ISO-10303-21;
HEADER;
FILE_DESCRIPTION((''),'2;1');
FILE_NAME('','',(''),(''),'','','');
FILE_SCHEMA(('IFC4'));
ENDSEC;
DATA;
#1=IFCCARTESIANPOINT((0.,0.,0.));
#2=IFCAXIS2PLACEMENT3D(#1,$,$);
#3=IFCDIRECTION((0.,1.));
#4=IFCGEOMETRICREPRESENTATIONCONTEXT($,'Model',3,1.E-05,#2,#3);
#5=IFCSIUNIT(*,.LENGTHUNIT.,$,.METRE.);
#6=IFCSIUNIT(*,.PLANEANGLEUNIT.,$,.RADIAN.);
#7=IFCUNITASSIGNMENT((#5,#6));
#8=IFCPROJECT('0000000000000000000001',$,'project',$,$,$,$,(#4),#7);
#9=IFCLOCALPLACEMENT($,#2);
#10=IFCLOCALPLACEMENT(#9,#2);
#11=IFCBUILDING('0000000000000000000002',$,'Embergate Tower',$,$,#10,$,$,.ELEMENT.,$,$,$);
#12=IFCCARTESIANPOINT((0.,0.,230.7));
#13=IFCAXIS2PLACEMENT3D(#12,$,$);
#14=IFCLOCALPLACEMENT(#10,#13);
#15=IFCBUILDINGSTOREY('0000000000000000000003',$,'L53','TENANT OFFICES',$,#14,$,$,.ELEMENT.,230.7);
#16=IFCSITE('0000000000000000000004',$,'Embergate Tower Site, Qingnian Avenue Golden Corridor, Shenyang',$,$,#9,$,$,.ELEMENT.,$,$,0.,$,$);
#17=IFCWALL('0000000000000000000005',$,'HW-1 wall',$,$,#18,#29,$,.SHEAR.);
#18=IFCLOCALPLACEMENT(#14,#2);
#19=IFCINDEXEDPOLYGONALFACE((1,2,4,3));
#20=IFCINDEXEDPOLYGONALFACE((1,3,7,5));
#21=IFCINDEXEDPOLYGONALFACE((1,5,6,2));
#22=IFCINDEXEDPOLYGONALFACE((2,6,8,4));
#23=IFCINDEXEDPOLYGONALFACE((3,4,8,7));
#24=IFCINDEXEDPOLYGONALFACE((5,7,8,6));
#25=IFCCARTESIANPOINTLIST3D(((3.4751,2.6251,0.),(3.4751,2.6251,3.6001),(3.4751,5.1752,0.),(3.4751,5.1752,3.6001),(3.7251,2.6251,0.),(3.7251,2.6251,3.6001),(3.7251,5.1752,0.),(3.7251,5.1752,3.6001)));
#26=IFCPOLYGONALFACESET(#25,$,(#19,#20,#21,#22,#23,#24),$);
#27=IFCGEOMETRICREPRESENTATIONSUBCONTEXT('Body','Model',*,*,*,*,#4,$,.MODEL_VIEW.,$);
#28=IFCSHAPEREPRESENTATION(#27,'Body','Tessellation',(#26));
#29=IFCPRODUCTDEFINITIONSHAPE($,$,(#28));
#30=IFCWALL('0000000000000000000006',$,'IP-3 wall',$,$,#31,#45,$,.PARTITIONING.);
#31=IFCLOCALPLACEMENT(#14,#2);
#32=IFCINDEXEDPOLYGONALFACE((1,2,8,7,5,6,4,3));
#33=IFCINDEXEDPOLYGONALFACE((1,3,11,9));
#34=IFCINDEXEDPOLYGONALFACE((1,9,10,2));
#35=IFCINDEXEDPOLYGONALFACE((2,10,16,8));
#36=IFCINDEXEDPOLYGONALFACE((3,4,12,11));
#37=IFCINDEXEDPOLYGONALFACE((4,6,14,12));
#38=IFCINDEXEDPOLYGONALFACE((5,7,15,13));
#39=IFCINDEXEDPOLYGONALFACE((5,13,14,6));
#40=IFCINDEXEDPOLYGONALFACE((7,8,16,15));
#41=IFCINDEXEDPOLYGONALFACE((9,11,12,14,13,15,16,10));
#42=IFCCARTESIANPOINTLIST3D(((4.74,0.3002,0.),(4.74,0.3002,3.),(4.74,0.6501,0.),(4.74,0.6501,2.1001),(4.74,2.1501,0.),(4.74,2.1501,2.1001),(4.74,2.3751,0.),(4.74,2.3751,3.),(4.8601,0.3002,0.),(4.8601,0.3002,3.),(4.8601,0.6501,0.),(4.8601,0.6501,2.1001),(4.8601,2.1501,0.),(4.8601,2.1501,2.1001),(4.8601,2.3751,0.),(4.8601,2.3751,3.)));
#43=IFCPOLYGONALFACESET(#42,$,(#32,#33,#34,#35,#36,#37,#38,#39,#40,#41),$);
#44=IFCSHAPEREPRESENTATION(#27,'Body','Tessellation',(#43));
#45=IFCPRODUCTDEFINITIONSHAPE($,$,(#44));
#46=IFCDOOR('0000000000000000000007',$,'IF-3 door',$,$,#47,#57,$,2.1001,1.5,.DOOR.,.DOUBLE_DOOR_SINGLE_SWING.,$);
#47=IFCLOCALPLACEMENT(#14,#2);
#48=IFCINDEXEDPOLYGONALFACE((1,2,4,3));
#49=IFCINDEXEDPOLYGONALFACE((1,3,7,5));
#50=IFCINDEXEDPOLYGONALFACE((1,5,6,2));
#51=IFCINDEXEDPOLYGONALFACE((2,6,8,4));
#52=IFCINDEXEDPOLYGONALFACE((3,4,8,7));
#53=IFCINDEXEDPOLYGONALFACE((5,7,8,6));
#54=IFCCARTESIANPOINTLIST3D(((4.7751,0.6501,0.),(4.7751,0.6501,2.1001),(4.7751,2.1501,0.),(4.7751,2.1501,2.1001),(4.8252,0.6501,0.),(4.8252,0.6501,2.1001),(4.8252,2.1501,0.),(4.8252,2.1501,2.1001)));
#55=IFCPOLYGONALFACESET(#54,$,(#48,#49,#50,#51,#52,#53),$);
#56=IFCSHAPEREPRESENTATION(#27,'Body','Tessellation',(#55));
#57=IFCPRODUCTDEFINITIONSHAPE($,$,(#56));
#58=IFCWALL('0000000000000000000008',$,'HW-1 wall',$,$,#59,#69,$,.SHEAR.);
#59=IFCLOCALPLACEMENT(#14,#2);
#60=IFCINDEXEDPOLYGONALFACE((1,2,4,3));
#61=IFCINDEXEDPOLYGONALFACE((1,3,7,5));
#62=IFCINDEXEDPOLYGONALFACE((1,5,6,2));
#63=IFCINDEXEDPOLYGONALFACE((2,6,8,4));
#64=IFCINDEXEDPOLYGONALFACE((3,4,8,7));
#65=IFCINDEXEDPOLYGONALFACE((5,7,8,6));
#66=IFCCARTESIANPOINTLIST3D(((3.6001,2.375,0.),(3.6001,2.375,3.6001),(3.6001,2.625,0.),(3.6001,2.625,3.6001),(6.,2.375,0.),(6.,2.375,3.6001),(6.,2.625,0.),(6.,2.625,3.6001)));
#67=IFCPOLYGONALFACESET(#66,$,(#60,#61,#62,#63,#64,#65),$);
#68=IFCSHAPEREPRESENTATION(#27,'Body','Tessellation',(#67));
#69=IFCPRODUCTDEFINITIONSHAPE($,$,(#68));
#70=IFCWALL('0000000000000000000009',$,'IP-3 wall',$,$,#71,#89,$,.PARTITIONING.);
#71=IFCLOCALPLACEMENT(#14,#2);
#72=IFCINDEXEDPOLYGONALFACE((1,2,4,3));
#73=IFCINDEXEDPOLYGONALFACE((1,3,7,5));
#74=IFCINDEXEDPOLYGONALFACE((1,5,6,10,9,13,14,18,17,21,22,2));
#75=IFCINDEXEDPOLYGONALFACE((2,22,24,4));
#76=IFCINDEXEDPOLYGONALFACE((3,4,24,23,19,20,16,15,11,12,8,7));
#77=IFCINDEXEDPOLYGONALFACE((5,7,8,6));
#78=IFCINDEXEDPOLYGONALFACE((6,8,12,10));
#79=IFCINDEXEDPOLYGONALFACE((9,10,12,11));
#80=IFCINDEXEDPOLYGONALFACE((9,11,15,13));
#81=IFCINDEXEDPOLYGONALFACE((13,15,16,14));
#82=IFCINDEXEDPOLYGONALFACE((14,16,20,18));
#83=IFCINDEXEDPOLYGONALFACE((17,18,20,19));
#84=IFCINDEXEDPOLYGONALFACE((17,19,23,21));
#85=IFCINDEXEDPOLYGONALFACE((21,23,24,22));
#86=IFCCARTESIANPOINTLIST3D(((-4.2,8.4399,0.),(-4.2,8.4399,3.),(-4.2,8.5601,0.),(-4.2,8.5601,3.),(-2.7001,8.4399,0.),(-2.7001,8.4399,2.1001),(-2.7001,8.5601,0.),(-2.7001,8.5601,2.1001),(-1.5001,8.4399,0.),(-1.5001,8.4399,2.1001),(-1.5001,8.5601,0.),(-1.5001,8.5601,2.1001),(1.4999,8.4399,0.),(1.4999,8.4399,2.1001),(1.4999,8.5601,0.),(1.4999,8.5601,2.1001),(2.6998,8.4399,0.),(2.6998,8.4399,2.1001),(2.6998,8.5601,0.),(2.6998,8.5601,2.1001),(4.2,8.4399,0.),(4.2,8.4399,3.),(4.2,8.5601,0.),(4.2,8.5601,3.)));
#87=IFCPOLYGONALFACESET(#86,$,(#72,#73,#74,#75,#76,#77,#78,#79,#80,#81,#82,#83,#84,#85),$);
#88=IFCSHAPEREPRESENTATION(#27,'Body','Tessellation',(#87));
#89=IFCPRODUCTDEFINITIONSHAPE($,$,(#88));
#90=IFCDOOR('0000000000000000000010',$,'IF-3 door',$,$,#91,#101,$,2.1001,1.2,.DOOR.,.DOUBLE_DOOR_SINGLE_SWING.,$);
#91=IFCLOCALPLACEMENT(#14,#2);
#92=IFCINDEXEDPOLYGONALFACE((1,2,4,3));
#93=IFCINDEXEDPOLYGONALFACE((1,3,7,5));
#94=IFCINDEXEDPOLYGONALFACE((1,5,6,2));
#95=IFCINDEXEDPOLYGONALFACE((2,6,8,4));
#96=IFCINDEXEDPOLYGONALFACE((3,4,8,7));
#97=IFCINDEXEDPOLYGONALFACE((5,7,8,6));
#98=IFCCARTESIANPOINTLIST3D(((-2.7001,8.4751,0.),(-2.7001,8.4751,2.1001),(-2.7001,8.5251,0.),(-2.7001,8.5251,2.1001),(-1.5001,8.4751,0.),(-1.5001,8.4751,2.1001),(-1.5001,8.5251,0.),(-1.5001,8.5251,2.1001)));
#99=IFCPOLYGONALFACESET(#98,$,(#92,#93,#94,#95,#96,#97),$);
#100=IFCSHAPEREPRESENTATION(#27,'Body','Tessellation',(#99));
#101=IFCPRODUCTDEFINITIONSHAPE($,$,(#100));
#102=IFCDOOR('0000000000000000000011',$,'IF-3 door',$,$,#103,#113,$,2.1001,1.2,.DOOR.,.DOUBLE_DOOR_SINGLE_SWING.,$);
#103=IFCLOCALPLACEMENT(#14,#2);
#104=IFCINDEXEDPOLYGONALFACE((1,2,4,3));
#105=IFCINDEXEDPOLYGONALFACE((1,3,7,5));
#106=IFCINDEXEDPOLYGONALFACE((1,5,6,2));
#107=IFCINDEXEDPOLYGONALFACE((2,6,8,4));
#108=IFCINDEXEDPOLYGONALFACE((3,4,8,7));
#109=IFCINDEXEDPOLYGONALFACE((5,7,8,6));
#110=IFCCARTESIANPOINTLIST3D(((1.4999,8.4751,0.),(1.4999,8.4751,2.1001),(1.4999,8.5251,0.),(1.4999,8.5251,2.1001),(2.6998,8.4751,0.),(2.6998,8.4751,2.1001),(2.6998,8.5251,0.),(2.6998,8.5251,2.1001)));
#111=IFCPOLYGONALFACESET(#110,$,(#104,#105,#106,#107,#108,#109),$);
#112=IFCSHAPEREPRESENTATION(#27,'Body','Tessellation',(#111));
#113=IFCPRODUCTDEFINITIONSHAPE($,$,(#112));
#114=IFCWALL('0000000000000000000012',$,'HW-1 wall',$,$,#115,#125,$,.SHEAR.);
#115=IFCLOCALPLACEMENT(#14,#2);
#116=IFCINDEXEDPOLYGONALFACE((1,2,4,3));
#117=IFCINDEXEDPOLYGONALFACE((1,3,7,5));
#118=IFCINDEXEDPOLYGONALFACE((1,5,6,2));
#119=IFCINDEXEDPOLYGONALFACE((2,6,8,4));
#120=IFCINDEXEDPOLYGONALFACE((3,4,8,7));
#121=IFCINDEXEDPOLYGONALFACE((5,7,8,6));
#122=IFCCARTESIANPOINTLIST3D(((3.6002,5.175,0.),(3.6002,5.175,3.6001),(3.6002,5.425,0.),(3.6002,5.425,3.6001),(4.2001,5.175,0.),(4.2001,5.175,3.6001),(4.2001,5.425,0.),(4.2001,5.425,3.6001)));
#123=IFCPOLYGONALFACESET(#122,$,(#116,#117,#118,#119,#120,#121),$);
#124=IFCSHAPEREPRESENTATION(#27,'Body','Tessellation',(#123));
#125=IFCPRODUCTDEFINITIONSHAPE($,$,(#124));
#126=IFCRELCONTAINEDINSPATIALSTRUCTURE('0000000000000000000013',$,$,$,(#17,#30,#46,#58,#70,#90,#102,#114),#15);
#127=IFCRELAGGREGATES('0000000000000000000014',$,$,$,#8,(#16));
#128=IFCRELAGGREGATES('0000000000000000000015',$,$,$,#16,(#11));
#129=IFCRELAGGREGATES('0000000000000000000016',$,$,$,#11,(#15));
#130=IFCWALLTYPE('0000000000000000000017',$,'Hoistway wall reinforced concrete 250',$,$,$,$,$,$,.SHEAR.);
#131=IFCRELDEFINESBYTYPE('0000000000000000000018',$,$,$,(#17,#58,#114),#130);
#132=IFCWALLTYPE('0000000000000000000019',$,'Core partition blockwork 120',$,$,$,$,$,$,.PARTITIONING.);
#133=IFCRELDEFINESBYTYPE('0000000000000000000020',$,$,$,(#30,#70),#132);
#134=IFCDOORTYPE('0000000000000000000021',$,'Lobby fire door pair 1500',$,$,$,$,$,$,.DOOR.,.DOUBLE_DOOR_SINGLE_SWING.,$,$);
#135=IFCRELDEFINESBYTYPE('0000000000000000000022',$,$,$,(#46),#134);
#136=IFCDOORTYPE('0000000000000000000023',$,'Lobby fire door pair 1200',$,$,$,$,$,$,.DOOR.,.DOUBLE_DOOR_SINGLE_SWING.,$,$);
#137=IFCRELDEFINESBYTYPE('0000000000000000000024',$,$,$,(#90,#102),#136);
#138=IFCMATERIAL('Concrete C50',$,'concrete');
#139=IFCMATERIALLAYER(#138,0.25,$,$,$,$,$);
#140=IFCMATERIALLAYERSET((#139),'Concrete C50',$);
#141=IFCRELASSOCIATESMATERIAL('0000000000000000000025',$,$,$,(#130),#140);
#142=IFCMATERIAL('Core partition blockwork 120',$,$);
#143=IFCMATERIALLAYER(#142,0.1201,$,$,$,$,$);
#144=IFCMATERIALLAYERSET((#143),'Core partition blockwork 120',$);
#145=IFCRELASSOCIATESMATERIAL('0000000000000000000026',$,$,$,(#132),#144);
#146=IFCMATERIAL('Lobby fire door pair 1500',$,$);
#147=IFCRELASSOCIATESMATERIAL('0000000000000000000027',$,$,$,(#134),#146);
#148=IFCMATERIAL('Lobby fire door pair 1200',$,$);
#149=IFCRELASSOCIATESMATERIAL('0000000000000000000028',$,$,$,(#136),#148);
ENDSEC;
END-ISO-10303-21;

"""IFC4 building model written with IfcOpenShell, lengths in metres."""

from ifc_helpers import new_model, si_unit, direction, frame, frame_2d, origin, place, context, subcontext, project, spatial, rectangle, extrude, source, transform, mapped, material, layer, layer_set, type_object, element, fill, save


model = new_model("IFC4")

# Units and contexts
model_context = context("Model", 3, precision=1e-05, world=origin(), true_north=direction((0.0, 1.0)))
body_context = subcontext(model_context, "Body", "Model", "MODEL_VIEW")
ifc_project = project(units=[si_unit("LENGTHUNIT", "METRE"), si_unit("PLANEANGLEUNIT", "RADIAN")], contexts=[model_context])

# Site, building, storey
site_placement = place(None, origin())
site = spatial("IfcSite", under=ifc_project, at=site_placement, Name="Embergate Tower Site, Qingnian Avenue Golden Corridor, Shenyang", CompositionType="ELEMENT", RefElevation=0.0)
building_placement = place(site_placement, origin())
building = spatial("IfcBuilding", under=site, at=building_placement, Name="Embergate Tower", CompositionType="ELEMENT")
storey_placement = place(building_placement, frame((0.0, 0.0, 230.7)))
storey = spatial("IfcBuildingStorey", under=building, at=storey_placement, Name="L53", Description="TENANT OFFICES", CompositionType="ELEMENT", Elevation=230.7)

# Wall
ifc_material_1 = material(Name="Concrete C50", Category="concrete")
ifc_layer_1 = layer(ifc_material_1, 0.25)
ifc_layer_set_1 = layer_set([ifc_layer_1], Name="Concrete C50")
wall_type_1 = type_object("IfcWallType", Name="Hoistway wall reinforced concrete 250", PredefinedType="SHEAR", material=ifc_layer_set_1)
shared_shape_1 = source(origin(), body_context, "Body", "SweptSolid", [
    extrude(rectangle(XDim=2.55, YDim=0.25, at=frame_2d((1.2749, 0.0))), origin(), (0.0, 0.0, 1.0), 3.6001),
])
wall_1_placement = place(storey_placement, frame((3.6001, 5.175, 0.0), z_axis=(0.0, 0.0, 1.0), x_axis=(0.0, -1.0, 0.0)))
element("IfcWall", 1, at=wall_1_placement, inside=storey, type_object=wall_type_1, Name="HW-1 wall", PredefinedType="SHEAR", context=body_context, shape_type="MappedRepresentation", body=[
    mapped(shared_shape_1, transform((0.0, 0.0, 0.0))),
])

# Wall, opening, door
ifc_material_2 = material(Name="Core partition blockwork 120")
ifc_layer_2 = layer(ifc_material_2, 0.1201)
ifc_layer_set_2 = layer_set([ifc_layer_2], Name="Core partition blockwork 120")
wall_type_2 = type_object("IfcWallType", Name="Core partition blockwork 120", PredefinedType="PARTITIONING", material=ifc_layer_set_2)
shared_shape_2 = source(origin(), body_context, "Body", "SweptSolid", [
    extrude(rectangle(XDim=2.075, YDim=0.1201, at=frame_2d((1.0376, 0.0))), origin(), (0.0, 0.0, 1.0), 3.0),
])
wall_2_placement = place(storey_placement, frame((4.8, 0.3, 0.0), z_axis=(0.0, 0.0, 1.0), x_axis=(0.0, 1.0, 0.0)))
wall_2 = element("IfcWall", 2, at=wall_2_placement, inside=storey, type_object=wall_type_2, Name="IP-3 wall", PredefinedType="PARTITIONING", context=body_context, shape_type="MappedRepresentation", body=[
    mapped(shared_shape_2, transform((0.0, 0.0, 0.0))),
])
shared_shape_3 = source(origin(), body_context, "Body", "SweptSolid", [
    extrude(rectangle(XDim=1.5, YDim=2.1001, at=frame_2d((0.75, 1.05))), frame((0.0, 0.0701, 0.0), z_axis=(0.0, -1.0, 0.0), x_axis=(1.0, 0.0, 0.0)), (0.0, 0.0, 1.0), 0.1401),
])
opening_1_placement = place(wall_2_placement, frame((0.3501, 0.0, 0.0)))
opening_1 = element("IfcOpeningElement", 3, at=opening_1_placement, cuts=wall_2, PredefinedType="OPENING", context=body_context, shape_type="MappedRepresentation", body=[
    mapped(shared_shape_3, transform((0.0, 0.0, 0.0))),
])
ifc_material_3 = material(Name="Lobby fire door pair 1500")
door_type_1 = type_object("IfcDoorType", Name="Lobby fire door pair 1500", OperationType="DOUBLE_DOOR_SINGLE_SWING", PredefinedType="DOOR", material=ifc_material_3)
shared_shape_4 = source(origin(), body_context, "Body", "SweptSolid", [
    extrude(rectangle(XDim=1.5, YDim=2.1001, at=frame_2d((0.75, 1.05))), frame((0.0, 0.0249, 0.0), z_axis=(0.0, -1.0, 0.0), x_axis=(1.0, 0.0, 0.0)), (0.0, 0.0, 1.0), 0.05),
])
door_1_placement = place(opening_1_placement, origin())
door_1 = element("IfcDoor", 4, at=door_1_placement, inside=storey, type_object=door_type_1, Name="IF-3 door", OperationType="DOUBLE_DOOR_SINGLE_SWING", OverallHeight=2.1001, OverallWidth=1.5, PredefinedType="DOOR", context=body_context, shape_type="MappedRepresentation", body=[
    mapped(shared_shape_4, transform((0.0, 0.0, 0.0))),
])
fill(opening_1, door_1)

# Wall
shared_shape_5 = source(origin(), body_context, "Body", "SweptSolid", [
    extrude(rectangle(XDim=2.3999, YDim=0.25, at=frame_2d((1.2, 0.0))), origin(), (0.0, 0.0, 1.0), 3.6001),
])
wall_3_placement = place(storey_placement, frame((3.6001, 2.5, 0.0), z_axis=(0.0, 0.0, 1.0), x_axis=(1.0, 0.0, 0.0)))
element("IfcWall", 5, at=wall_3_placement, inside=storey, type_object=wall_type_1, Name="HW-1 wall", PredefinedType="SHEAR", context=body_context, shape_type="MappedRepresentation", body=[
    mapped(shared_shape_5, transform((0.0, 0.0, 0.0))),
])

# Wall, openings, doors
shared_shape_6 = source(origin(), body_context, "Body", "SweptSolid", [
    extrude(rectangle(XDim=8.3999, YDim=0.1201, at=frame_2d((4.2, 0.0))), origin(), (0.0, 0.0, 1.0), 3.0),
])
wall_4_placement = place(storey_placement, frame((4.2, 8.5, 0.0), z_axis=(0.0, 0.0, 1.0), x_axis=(-1.0, 0.0, 0.0)))
wall_4 = element("IfcWall", 6, at=wall_4_placement, inside=storey, type_object=wall_type_2, Name="IP-3 wall", PredefinedType="PARTITIONING", context=body_context, shape_type="MappedRepresentation", body=[
    mapped(shared_shape_6, transform((0.0, 0.0, 0.0))),
])
shared_shape_7 = source(origin(), body_context, "Body", "SweptSolid", [
    extrude(rectangle(XDim=1.2, YDim=2.1001, at=frame_2d((0.6001, 1.05))), frame((0.0, 0.0701, 0.0), z_axis=(0.0, -1.0, 0.0), x_axis=(1.0, 0.0, 0.0)), (0.0, 0.0, 1.0), 0.1401),
])
opening_2_placement = place(wall_4_placement, frame((5.7, 0.0, 0.0)))
opening_2 = element("IfcOpeningElement", 7, at=opening_2_placement, cuts=wall_4, PredefinedType="OPENING", context=body_context, shape_type="MappedRepresentation", body=[
    mapped(shared_shape_7, transform((0.0, 0.0, 0.0))),
])
opening_3_placement = place(wall_4_placement, frame((1.5, 0.0, 0.0)))
opening_3 = element("IfcOpeningElement", 8, at=opening_3_placement, cuts=wall_4, PredefinedType="OPENING", context=body_context, shape_type="MappedRepresentation", body=[
    mapped(shared_shape_7, transform((0.0, 0.0, 0.0))),
])
ifc_material_4 = material(Name="Lobby fire door pair 1200")
door_type_2 = type_object("IfcDoorType", Name="Lobby fire door pair 1200", OperationType="DOUBLE_DOOR_SINGLE_SWING", PredefinedType="DOOR", material=ifc_material_4)
shared_shape_8 = source(origin(), body_context, "Body", "SweptSolid", [
    extrude(rectangle(XDim=1.2, YDim=2.1001, at=frame_2d((0.6001, 1.05))), frame((0.0, 0.0249, 0.0), z_axis=(0.0, -1.0, 0.0), x_axis=(1.0, 0.0, 0.0)), (0.0, 0.0, 1.0), 0.05),
])
door_2_placement = place(opening_2_placement, origin())
door_2 = element("IfcDoor", 9, at=door_2_placement, inside=storey, type_object=door_type_2, Name="IF-3 door", OperationType="DOUBLE_DOOR_SINGLE_SWING", OverallHeight=2.1001, OverallWidth=1.2, PredefinedType="DOOR", context=body_context, shape_type="MappedRepresentation", body=[
    mapped(shared_shape_8, transform((0.0, 0.0, 0.0))),
])
fill(opening_2, door_2)
door_3_placement = place(opening_3_placement, origin())
door_3 = element("IfcDoor", 10, at=door_3_placement, inside=storey, type_object=door_type_2, Name="IF-3 door", OperationType="DOUBLE_DOOR_SINGLE_SWING", OverallHeight=2.1001, OverallWidth=1.2, PredefinedType="DOOR", context=body_context, shape_type="MappedRepresentation", body=[
    mapped(shared_shape_8, transform((0.0, 0.0, 0.0))),
])
fill(opening_3, door_3)

# Wall
shared_shape_9 = source(origin(), body_context, "Body", "SweptSolid", [
    extrude(rectangle(XDim=0.5999, YDim=0.25, at=frame_2d((0.2998, 0.0))), origin(), (0.0, 0.0, 1.0), 3.6001),
])
wall_5_placement = place(storey_placement, frame((4.2, 5.3, 0.0), z_axis=(0.0, 0.0, 1.0), x_axis=(-1.0, 0.0, 0.0)))
element("IfcWall", 11, at=wall_5_placement, inside=storey, type_object=wall_type_1, Name="HW-1 wall", PredefinedType="SHEAR", context=body_context, shape_type="MappedRepresentation", body=[
    mapped(shared_shape_9, transform((0.0, 0.0, 0.0))),
])

save(model, "model.ifc")
